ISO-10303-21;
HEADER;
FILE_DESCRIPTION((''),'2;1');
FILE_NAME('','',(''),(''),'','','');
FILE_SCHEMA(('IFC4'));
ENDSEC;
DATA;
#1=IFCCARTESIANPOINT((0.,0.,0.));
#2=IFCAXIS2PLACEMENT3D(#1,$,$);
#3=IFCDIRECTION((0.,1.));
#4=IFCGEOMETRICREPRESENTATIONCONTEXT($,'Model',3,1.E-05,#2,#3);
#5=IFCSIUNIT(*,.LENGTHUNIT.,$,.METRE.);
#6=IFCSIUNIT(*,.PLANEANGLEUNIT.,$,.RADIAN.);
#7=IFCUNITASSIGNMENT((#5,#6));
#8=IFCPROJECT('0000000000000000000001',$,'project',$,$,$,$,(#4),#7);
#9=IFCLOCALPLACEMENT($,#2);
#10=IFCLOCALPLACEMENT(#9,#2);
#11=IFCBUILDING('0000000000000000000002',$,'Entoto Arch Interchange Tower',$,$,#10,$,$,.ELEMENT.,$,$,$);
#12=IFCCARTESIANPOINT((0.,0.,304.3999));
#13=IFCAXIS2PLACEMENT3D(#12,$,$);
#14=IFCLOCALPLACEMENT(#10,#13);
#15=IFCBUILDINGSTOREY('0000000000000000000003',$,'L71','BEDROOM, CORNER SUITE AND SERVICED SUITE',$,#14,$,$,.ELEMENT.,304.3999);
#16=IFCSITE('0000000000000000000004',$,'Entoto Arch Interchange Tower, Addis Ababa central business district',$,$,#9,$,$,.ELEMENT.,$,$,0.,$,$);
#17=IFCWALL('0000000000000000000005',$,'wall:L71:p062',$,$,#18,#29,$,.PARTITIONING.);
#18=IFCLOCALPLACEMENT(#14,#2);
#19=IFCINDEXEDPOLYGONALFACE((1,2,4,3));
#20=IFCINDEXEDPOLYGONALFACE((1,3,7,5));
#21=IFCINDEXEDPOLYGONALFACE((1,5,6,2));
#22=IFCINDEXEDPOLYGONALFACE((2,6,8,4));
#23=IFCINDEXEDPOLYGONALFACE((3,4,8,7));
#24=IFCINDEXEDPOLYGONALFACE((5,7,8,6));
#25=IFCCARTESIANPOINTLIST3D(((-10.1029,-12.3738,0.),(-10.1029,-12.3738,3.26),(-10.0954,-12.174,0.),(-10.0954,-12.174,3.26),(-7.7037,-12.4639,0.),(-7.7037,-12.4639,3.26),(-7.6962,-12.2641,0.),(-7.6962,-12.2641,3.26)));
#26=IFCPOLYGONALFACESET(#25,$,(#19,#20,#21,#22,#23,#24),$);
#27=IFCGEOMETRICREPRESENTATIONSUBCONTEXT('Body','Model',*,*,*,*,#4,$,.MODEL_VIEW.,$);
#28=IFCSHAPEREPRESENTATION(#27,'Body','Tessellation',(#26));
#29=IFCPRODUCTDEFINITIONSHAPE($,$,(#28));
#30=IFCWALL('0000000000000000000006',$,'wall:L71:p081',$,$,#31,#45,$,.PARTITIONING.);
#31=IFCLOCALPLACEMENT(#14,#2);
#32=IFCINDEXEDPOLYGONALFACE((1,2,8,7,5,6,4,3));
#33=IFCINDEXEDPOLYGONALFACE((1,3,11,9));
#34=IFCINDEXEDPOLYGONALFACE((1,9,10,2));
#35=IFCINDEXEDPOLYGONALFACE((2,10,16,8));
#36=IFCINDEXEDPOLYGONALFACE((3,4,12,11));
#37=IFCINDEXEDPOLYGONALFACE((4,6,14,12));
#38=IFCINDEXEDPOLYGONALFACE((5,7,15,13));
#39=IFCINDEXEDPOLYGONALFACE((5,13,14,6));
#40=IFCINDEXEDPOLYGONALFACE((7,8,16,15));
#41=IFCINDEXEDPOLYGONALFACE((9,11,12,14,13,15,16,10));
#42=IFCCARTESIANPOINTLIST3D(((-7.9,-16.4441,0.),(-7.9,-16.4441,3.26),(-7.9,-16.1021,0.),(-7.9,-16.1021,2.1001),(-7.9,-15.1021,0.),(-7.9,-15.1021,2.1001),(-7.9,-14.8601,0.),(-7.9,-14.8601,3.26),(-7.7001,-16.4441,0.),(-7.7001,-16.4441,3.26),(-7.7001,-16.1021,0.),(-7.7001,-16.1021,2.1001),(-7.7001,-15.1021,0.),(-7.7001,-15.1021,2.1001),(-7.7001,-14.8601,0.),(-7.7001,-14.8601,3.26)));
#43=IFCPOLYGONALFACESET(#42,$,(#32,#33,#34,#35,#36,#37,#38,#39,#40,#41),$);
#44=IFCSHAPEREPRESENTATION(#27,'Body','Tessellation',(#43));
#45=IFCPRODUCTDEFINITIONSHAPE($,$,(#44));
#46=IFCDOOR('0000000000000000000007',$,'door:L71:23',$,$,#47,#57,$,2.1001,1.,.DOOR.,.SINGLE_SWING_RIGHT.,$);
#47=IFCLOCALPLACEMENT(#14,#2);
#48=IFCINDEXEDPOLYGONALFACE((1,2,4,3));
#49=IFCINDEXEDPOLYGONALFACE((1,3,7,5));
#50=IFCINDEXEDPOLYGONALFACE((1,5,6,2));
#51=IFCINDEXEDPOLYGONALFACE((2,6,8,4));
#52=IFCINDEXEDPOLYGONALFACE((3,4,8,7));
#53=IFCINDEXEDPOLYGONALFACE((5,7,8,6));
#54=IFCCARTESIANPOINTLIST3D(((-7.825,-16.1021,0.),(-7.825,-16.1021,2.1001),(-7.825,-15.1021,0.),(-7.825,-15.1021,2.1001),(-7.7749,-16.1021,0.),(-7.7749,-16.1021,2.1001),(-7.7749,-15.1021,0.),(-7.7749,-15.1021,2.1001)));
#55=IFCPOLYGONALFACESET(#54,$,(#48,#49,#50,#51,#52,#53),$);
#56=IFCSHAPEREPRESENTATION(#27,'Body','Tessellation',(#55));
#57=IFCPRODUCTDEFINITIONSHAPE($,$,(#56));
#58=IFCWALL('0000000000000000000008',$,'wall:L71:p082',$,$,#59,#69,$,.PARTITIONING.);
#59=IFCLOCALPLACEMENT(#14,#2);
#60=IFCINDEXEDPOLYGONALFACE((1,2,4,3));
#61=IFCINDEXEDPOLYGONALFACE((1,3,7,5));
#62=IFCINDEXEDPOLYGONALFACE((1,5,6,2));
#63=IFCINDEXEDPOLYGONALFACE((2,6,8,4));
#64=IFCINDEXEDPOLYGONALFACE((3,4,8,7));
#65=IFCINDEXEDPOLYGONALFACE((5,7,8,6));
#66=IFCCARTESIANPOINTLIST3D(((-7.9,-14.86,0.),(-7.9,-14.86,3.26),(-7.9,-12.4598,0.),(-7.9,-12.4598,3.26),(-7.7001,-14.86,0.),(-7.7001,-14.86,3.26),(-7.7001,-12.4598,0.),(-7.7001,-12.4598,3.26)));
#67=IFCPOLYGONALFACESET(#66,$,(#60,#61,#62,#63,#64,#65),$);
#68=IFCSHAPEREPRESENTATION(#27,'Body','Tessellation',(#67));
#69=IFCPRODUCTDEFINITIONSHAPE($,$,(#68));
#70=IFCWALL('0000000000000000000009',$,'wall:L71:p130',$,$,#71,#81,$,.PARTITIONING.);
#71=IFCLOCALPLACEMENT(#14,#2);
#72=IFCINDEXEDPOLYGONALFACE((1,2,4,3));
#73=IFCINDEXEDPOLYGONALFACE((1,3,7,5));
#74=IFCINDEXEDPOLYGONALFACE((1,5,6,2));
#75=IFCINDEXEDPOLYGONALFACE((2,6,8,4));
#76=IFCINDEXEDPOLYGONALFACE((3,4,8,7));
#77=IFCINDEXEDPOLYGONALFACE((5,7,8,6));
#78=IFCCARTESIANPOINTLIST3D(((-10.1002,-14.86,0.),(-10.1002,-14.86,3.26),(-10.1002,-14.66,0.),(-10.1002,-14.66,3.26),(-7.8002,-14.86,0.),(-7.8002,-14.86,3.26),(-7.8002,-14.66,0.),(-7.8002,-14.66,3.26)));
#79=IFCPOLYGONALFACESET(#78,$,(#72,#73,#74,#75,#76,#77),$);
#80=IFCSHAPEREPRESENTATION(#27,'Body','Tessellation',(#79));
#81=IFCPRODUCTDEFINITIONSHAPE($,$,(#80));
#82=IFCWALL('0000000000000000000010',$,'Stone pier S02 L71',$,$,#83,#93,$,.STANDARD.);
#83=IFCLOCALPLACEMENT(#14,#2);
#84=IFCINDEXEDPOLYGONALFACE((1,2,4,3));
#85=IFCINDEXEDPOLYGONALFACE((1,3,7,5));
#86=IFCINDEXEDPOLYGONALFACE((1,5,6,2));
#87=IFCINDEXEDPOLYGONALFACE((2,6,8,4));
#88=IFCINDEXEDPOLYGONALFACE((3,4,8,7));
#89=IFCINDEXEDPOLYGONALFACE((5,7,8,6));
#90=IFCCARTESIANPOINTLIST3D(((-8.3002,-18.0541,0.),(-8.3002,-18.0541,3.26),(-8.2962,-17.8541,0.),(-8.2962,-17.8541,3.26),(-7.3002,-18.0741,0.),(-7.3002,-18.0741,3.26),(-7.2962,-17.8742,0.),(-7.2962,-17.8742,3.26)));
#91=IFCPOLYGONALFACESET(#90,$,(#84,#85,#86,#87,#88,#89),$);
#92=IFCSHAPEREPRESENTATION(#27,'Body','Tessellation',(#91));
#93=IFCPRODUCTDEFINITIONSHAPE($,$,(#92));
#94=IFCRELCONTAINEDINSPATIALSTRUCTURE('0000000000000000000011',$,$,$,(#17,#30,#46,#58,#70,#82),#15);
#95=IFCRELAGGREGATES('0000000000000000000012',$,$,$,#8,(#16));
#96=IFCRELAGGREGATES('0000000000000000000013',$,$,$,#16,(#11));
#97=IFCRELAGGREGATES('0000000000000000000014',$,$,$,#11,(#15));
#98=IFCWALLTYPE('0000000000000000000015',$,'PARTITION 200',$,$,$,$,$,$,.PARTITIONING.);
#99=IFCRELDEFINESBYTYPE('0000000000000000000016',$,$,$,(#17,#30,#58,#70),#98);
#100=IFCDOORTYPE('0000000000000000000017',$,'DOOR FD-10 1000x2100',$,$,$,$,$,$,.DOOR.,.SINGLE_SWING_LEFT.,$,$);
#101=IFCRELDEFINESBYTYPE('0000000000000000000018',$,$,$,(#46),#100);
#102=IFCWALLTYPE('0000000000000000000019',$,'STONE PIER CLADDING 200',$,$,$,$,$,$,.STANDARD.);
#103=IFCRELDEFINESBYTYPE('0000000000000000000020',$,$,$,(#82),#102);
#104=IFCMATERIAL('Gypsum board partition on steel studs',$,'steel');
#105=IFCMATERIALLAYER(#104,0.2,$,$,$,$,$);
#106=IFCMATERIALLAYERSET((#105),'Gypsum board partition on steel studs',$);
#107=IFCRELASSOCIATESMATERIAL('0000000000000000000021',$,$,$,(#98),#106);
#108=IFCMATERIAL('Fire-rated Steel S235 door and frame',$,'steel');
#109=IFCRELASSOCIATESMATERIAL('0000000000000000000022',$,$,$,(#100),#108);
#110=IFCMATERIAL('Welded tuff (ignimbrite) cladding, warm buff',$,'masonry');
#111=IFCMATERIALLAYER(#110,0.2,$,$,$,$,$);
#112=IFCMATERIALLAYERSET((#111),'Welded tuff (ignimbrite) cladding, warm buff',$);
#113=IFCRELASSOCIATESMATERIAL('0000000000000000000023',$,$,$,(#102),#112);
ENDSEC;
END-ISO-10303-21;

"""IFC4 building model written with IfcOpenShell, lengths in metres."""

from ifc_helpers import new_model, si_unit, direction, frame, frame_2d, origin, place, context, subcontext, project, spatial, rectangle, extrude, material, layer, layer_set, type_object, element, fill, save


model = new_model("IFC4")

# Units and contexts
model_context = context("Model", 3, precision=1e-05, world=origin(), true_north=direction((0.0, 1.0)))
body_context = subcontext(model_context, "Body", "Model", "MODEL_VIEW")
ifc_project = project(units=[si_unit("LENGTHUNIT", "METRE"), si_unit("PLANEANGLEUNIT", "RADIAN")], contexts=[model_context])

# Site, building, storey
site_placement = place(None, origin())
site = spatial("IfcSite", under=ifc_project, at=site_placement, Name="Entoto Arch Interchange Tower, Addis Ababa central business district", CompositionType="ELEMENT", RefElevation=0.0)
building_placement = place(site_placement, origin())
building = spatial("IfcBuilding", under=site, at=building_placement, Name="Entoto Arch Interchange Tower", CompositionType="ELEMENT")
storey_placement = place(building_placement, frame((0.0, 0.0, 304.3999)))
storey = spatial("IfcBuildingStorey", under=building, at=storey_placement, Name="L71", Description="BEDROOM, CORNER SUITE AND SERVICED SUITE", CompositionType="ELEMENT", Elevation=304.3999)

# Wall
ifc_material_1 = material(Name="Gypsum board partition on steel studs", Category="steel")
ifc_layer_1 = layer(ifc_material_1, 0.2)
ifc_layer_set_1 = layer_set([ifc_layer_1], Name="Gypsum board partition on steel studs")
wall_type_1 = type_object("IfcWallType", Name="PARTITION 200", PredefinedType="PARTITIONING", material=ifc_layer_set_1)
wall_1_placement = place(storey_placement, frame((-7.7, -12.364, 0.0), z_axis=(0.0, 0.0, 1.0), x_axis=(-0.999296, 0.037523, 0.0)))
element("IfcWall", 1, at=wall_1_placement, inside=storey, type_object=wall_type_1, Name="wall:L71:p062", PredefinedType="PARTITIONING", context=body_context, shape_type="SweptSolid", body=[
    extrude(rectangle(XDim=2.4009, YDim=0.2, at=frame_2d((1.2004, 0.0))), origin(), (0.0, 0.0, 1.0), 3.26),
])

# Wall, opening, door
wall_2_placement = place(storey_placement, frame((-7.8, -16.4441, 0.0), z_axis=(0.0, 0.0, 1.0), x_axis=(0.0, 1.0, 0.0)))
wall_2 = element("IfcWall", 2, at=wall_2_placement, inside=storey, type_object=wall_type_1, Name="wall:L71:p081", PredefinedType="PARTITIONING", context=body_context, shape_type="SweptSolid", body=[
    extrude(rectangle(XDim=1.584, YDim=0.2, at=frame_2d((0.792, 0.0))), origin(), (0.0, 0.0, 1.0), 3.26),
])
opening_placement = place(wall_2_placement, frame((0.342, 0.0, 0.0)))
opening = element("IfcOpeningElement", 3, at=opening_placement, cuts=wall_2, PredefinedType="OPENING", context=body_context, shape_type="SweptSolid", body=[
    extrude(rectangle(XDim=1.0, YDim=2.1001, at=frame_2d((0.5, 1.05))), frame((0.0, 0.1099, 0.0), z_axis=(0.0, -1.0, 0.0), x_axis=(1.0, 0.0, 0.0)), (0.0, 0.0, 1.0), 0.22),
])
ifc_material_2 = material(Name="Fire-rated Steel S235 door and frame", Category="steel")
door_type = type_object("IfcDoorType", Name="DOOR FD-10 1000x2100", OperationType="SINGLE_SWING_LEFT", PredefinedType="DOOR", material=ifc_material_2)
door_placement = place(opening_placement, origin())
door = element("IfcDoor", 4, at=door_placement, inside=storey, type_object=door_type, Name="door:L71:23", OperationType="SINGLE_SWING_RIGHT", OverallHeight=2.1001, OverallWidth=1.0, PredefinedType="DOOR", context=body_context, shape_type="SweptSolid", body=[
    extrude(rectangle(XDim=1.0, YDim=2.1001, at=frame_2d((0.5, 1.05))), frame((0.0, 0.0249, 0.0), z_axis=(0.0, -1.0, 0.0), x_axis=(1.0, 0.0, 0.0)), (0.0, 0.0, 1.0), 0.05),
])
fill(opening, door)

# Walls
wall_3_placement = place(storey_placement, frame((-7.8, -14.8601, 0.0), z_axis=(0.0, 0.0, 1.0), x_axis=(0.0, 1.0, 0.0)))
element("IfcWall", 5, at=wall_3_placement, inside=storey, type_object=wall_type_1, Name="wall:L71:p082", PredefinedType="PARTITIONING", context=body_context, shape_type="SweptSolid", body=[
    extrude(rectangle(XDim=2.4001, YDim=0.2, at=frame_2d((1.2002, 0.0))), origin(), (0.0, 0.0, 1.0), 3.26),
])
wall_4_placement = place(storey_placement, frame((-10.1001, -14.76, 0.0), z_axis=(0.0, 0.0, 1.0), x_axis=(1.0, 0.0, 0.0)))
element("IfcWall", 6, at=wall_4_placement, inside=storey, type_object=wall_type_1, Name="wall:L71:p130", PredefinedType="PARTITIONING", context=body_context, shape_type="SweptSolid", body=[
    extrude(rectangle(XDim=2.3, YDim=0.2, at=frame_2d((1.1499, 0.0))), origin(), (0.0, 0.0, 1.0), 3.26),
])
ifc_material_3 = material(Name="Welded tuff (ignimbrite) cladding, warm buff", Category="masonry")
ifc_layer_2 = layer(ifc_material_3, 0.2)
ifc_layer_set_2 = layer_set([ifc_layer_2], Name="Welded tuff (ignimbrite) cladding, warm buff")
wall_type_2 = type_object("IfcWallType", Name="STONE PIER CLADDING 200", PredefinedType="STANDARD", material=ifc_layer_set_2)
wall_5_placement = place(storey_placement, frame((-8.2981, -17.9541, 0.0), z_axis=(0.0, 0.0, 1.0), x_axis=(0.9998, -0.020016, 0.0)))
element("IfcWall", 7, at=wall_5_placement, inside=storey, type_object=wall_type_2, Name="Stone pier S02 L71", PredefinedType="STANDARD", context=body_context, shape_type="SweptSolid", body=[
    extrude(rectangle(XDim=1.0002, YDim=0.2, at=frame_2d((0.5, 0.0))), origin(), (0.0, 0.0, 1.0), 3.26),
])

save(model, "model.ifc")
